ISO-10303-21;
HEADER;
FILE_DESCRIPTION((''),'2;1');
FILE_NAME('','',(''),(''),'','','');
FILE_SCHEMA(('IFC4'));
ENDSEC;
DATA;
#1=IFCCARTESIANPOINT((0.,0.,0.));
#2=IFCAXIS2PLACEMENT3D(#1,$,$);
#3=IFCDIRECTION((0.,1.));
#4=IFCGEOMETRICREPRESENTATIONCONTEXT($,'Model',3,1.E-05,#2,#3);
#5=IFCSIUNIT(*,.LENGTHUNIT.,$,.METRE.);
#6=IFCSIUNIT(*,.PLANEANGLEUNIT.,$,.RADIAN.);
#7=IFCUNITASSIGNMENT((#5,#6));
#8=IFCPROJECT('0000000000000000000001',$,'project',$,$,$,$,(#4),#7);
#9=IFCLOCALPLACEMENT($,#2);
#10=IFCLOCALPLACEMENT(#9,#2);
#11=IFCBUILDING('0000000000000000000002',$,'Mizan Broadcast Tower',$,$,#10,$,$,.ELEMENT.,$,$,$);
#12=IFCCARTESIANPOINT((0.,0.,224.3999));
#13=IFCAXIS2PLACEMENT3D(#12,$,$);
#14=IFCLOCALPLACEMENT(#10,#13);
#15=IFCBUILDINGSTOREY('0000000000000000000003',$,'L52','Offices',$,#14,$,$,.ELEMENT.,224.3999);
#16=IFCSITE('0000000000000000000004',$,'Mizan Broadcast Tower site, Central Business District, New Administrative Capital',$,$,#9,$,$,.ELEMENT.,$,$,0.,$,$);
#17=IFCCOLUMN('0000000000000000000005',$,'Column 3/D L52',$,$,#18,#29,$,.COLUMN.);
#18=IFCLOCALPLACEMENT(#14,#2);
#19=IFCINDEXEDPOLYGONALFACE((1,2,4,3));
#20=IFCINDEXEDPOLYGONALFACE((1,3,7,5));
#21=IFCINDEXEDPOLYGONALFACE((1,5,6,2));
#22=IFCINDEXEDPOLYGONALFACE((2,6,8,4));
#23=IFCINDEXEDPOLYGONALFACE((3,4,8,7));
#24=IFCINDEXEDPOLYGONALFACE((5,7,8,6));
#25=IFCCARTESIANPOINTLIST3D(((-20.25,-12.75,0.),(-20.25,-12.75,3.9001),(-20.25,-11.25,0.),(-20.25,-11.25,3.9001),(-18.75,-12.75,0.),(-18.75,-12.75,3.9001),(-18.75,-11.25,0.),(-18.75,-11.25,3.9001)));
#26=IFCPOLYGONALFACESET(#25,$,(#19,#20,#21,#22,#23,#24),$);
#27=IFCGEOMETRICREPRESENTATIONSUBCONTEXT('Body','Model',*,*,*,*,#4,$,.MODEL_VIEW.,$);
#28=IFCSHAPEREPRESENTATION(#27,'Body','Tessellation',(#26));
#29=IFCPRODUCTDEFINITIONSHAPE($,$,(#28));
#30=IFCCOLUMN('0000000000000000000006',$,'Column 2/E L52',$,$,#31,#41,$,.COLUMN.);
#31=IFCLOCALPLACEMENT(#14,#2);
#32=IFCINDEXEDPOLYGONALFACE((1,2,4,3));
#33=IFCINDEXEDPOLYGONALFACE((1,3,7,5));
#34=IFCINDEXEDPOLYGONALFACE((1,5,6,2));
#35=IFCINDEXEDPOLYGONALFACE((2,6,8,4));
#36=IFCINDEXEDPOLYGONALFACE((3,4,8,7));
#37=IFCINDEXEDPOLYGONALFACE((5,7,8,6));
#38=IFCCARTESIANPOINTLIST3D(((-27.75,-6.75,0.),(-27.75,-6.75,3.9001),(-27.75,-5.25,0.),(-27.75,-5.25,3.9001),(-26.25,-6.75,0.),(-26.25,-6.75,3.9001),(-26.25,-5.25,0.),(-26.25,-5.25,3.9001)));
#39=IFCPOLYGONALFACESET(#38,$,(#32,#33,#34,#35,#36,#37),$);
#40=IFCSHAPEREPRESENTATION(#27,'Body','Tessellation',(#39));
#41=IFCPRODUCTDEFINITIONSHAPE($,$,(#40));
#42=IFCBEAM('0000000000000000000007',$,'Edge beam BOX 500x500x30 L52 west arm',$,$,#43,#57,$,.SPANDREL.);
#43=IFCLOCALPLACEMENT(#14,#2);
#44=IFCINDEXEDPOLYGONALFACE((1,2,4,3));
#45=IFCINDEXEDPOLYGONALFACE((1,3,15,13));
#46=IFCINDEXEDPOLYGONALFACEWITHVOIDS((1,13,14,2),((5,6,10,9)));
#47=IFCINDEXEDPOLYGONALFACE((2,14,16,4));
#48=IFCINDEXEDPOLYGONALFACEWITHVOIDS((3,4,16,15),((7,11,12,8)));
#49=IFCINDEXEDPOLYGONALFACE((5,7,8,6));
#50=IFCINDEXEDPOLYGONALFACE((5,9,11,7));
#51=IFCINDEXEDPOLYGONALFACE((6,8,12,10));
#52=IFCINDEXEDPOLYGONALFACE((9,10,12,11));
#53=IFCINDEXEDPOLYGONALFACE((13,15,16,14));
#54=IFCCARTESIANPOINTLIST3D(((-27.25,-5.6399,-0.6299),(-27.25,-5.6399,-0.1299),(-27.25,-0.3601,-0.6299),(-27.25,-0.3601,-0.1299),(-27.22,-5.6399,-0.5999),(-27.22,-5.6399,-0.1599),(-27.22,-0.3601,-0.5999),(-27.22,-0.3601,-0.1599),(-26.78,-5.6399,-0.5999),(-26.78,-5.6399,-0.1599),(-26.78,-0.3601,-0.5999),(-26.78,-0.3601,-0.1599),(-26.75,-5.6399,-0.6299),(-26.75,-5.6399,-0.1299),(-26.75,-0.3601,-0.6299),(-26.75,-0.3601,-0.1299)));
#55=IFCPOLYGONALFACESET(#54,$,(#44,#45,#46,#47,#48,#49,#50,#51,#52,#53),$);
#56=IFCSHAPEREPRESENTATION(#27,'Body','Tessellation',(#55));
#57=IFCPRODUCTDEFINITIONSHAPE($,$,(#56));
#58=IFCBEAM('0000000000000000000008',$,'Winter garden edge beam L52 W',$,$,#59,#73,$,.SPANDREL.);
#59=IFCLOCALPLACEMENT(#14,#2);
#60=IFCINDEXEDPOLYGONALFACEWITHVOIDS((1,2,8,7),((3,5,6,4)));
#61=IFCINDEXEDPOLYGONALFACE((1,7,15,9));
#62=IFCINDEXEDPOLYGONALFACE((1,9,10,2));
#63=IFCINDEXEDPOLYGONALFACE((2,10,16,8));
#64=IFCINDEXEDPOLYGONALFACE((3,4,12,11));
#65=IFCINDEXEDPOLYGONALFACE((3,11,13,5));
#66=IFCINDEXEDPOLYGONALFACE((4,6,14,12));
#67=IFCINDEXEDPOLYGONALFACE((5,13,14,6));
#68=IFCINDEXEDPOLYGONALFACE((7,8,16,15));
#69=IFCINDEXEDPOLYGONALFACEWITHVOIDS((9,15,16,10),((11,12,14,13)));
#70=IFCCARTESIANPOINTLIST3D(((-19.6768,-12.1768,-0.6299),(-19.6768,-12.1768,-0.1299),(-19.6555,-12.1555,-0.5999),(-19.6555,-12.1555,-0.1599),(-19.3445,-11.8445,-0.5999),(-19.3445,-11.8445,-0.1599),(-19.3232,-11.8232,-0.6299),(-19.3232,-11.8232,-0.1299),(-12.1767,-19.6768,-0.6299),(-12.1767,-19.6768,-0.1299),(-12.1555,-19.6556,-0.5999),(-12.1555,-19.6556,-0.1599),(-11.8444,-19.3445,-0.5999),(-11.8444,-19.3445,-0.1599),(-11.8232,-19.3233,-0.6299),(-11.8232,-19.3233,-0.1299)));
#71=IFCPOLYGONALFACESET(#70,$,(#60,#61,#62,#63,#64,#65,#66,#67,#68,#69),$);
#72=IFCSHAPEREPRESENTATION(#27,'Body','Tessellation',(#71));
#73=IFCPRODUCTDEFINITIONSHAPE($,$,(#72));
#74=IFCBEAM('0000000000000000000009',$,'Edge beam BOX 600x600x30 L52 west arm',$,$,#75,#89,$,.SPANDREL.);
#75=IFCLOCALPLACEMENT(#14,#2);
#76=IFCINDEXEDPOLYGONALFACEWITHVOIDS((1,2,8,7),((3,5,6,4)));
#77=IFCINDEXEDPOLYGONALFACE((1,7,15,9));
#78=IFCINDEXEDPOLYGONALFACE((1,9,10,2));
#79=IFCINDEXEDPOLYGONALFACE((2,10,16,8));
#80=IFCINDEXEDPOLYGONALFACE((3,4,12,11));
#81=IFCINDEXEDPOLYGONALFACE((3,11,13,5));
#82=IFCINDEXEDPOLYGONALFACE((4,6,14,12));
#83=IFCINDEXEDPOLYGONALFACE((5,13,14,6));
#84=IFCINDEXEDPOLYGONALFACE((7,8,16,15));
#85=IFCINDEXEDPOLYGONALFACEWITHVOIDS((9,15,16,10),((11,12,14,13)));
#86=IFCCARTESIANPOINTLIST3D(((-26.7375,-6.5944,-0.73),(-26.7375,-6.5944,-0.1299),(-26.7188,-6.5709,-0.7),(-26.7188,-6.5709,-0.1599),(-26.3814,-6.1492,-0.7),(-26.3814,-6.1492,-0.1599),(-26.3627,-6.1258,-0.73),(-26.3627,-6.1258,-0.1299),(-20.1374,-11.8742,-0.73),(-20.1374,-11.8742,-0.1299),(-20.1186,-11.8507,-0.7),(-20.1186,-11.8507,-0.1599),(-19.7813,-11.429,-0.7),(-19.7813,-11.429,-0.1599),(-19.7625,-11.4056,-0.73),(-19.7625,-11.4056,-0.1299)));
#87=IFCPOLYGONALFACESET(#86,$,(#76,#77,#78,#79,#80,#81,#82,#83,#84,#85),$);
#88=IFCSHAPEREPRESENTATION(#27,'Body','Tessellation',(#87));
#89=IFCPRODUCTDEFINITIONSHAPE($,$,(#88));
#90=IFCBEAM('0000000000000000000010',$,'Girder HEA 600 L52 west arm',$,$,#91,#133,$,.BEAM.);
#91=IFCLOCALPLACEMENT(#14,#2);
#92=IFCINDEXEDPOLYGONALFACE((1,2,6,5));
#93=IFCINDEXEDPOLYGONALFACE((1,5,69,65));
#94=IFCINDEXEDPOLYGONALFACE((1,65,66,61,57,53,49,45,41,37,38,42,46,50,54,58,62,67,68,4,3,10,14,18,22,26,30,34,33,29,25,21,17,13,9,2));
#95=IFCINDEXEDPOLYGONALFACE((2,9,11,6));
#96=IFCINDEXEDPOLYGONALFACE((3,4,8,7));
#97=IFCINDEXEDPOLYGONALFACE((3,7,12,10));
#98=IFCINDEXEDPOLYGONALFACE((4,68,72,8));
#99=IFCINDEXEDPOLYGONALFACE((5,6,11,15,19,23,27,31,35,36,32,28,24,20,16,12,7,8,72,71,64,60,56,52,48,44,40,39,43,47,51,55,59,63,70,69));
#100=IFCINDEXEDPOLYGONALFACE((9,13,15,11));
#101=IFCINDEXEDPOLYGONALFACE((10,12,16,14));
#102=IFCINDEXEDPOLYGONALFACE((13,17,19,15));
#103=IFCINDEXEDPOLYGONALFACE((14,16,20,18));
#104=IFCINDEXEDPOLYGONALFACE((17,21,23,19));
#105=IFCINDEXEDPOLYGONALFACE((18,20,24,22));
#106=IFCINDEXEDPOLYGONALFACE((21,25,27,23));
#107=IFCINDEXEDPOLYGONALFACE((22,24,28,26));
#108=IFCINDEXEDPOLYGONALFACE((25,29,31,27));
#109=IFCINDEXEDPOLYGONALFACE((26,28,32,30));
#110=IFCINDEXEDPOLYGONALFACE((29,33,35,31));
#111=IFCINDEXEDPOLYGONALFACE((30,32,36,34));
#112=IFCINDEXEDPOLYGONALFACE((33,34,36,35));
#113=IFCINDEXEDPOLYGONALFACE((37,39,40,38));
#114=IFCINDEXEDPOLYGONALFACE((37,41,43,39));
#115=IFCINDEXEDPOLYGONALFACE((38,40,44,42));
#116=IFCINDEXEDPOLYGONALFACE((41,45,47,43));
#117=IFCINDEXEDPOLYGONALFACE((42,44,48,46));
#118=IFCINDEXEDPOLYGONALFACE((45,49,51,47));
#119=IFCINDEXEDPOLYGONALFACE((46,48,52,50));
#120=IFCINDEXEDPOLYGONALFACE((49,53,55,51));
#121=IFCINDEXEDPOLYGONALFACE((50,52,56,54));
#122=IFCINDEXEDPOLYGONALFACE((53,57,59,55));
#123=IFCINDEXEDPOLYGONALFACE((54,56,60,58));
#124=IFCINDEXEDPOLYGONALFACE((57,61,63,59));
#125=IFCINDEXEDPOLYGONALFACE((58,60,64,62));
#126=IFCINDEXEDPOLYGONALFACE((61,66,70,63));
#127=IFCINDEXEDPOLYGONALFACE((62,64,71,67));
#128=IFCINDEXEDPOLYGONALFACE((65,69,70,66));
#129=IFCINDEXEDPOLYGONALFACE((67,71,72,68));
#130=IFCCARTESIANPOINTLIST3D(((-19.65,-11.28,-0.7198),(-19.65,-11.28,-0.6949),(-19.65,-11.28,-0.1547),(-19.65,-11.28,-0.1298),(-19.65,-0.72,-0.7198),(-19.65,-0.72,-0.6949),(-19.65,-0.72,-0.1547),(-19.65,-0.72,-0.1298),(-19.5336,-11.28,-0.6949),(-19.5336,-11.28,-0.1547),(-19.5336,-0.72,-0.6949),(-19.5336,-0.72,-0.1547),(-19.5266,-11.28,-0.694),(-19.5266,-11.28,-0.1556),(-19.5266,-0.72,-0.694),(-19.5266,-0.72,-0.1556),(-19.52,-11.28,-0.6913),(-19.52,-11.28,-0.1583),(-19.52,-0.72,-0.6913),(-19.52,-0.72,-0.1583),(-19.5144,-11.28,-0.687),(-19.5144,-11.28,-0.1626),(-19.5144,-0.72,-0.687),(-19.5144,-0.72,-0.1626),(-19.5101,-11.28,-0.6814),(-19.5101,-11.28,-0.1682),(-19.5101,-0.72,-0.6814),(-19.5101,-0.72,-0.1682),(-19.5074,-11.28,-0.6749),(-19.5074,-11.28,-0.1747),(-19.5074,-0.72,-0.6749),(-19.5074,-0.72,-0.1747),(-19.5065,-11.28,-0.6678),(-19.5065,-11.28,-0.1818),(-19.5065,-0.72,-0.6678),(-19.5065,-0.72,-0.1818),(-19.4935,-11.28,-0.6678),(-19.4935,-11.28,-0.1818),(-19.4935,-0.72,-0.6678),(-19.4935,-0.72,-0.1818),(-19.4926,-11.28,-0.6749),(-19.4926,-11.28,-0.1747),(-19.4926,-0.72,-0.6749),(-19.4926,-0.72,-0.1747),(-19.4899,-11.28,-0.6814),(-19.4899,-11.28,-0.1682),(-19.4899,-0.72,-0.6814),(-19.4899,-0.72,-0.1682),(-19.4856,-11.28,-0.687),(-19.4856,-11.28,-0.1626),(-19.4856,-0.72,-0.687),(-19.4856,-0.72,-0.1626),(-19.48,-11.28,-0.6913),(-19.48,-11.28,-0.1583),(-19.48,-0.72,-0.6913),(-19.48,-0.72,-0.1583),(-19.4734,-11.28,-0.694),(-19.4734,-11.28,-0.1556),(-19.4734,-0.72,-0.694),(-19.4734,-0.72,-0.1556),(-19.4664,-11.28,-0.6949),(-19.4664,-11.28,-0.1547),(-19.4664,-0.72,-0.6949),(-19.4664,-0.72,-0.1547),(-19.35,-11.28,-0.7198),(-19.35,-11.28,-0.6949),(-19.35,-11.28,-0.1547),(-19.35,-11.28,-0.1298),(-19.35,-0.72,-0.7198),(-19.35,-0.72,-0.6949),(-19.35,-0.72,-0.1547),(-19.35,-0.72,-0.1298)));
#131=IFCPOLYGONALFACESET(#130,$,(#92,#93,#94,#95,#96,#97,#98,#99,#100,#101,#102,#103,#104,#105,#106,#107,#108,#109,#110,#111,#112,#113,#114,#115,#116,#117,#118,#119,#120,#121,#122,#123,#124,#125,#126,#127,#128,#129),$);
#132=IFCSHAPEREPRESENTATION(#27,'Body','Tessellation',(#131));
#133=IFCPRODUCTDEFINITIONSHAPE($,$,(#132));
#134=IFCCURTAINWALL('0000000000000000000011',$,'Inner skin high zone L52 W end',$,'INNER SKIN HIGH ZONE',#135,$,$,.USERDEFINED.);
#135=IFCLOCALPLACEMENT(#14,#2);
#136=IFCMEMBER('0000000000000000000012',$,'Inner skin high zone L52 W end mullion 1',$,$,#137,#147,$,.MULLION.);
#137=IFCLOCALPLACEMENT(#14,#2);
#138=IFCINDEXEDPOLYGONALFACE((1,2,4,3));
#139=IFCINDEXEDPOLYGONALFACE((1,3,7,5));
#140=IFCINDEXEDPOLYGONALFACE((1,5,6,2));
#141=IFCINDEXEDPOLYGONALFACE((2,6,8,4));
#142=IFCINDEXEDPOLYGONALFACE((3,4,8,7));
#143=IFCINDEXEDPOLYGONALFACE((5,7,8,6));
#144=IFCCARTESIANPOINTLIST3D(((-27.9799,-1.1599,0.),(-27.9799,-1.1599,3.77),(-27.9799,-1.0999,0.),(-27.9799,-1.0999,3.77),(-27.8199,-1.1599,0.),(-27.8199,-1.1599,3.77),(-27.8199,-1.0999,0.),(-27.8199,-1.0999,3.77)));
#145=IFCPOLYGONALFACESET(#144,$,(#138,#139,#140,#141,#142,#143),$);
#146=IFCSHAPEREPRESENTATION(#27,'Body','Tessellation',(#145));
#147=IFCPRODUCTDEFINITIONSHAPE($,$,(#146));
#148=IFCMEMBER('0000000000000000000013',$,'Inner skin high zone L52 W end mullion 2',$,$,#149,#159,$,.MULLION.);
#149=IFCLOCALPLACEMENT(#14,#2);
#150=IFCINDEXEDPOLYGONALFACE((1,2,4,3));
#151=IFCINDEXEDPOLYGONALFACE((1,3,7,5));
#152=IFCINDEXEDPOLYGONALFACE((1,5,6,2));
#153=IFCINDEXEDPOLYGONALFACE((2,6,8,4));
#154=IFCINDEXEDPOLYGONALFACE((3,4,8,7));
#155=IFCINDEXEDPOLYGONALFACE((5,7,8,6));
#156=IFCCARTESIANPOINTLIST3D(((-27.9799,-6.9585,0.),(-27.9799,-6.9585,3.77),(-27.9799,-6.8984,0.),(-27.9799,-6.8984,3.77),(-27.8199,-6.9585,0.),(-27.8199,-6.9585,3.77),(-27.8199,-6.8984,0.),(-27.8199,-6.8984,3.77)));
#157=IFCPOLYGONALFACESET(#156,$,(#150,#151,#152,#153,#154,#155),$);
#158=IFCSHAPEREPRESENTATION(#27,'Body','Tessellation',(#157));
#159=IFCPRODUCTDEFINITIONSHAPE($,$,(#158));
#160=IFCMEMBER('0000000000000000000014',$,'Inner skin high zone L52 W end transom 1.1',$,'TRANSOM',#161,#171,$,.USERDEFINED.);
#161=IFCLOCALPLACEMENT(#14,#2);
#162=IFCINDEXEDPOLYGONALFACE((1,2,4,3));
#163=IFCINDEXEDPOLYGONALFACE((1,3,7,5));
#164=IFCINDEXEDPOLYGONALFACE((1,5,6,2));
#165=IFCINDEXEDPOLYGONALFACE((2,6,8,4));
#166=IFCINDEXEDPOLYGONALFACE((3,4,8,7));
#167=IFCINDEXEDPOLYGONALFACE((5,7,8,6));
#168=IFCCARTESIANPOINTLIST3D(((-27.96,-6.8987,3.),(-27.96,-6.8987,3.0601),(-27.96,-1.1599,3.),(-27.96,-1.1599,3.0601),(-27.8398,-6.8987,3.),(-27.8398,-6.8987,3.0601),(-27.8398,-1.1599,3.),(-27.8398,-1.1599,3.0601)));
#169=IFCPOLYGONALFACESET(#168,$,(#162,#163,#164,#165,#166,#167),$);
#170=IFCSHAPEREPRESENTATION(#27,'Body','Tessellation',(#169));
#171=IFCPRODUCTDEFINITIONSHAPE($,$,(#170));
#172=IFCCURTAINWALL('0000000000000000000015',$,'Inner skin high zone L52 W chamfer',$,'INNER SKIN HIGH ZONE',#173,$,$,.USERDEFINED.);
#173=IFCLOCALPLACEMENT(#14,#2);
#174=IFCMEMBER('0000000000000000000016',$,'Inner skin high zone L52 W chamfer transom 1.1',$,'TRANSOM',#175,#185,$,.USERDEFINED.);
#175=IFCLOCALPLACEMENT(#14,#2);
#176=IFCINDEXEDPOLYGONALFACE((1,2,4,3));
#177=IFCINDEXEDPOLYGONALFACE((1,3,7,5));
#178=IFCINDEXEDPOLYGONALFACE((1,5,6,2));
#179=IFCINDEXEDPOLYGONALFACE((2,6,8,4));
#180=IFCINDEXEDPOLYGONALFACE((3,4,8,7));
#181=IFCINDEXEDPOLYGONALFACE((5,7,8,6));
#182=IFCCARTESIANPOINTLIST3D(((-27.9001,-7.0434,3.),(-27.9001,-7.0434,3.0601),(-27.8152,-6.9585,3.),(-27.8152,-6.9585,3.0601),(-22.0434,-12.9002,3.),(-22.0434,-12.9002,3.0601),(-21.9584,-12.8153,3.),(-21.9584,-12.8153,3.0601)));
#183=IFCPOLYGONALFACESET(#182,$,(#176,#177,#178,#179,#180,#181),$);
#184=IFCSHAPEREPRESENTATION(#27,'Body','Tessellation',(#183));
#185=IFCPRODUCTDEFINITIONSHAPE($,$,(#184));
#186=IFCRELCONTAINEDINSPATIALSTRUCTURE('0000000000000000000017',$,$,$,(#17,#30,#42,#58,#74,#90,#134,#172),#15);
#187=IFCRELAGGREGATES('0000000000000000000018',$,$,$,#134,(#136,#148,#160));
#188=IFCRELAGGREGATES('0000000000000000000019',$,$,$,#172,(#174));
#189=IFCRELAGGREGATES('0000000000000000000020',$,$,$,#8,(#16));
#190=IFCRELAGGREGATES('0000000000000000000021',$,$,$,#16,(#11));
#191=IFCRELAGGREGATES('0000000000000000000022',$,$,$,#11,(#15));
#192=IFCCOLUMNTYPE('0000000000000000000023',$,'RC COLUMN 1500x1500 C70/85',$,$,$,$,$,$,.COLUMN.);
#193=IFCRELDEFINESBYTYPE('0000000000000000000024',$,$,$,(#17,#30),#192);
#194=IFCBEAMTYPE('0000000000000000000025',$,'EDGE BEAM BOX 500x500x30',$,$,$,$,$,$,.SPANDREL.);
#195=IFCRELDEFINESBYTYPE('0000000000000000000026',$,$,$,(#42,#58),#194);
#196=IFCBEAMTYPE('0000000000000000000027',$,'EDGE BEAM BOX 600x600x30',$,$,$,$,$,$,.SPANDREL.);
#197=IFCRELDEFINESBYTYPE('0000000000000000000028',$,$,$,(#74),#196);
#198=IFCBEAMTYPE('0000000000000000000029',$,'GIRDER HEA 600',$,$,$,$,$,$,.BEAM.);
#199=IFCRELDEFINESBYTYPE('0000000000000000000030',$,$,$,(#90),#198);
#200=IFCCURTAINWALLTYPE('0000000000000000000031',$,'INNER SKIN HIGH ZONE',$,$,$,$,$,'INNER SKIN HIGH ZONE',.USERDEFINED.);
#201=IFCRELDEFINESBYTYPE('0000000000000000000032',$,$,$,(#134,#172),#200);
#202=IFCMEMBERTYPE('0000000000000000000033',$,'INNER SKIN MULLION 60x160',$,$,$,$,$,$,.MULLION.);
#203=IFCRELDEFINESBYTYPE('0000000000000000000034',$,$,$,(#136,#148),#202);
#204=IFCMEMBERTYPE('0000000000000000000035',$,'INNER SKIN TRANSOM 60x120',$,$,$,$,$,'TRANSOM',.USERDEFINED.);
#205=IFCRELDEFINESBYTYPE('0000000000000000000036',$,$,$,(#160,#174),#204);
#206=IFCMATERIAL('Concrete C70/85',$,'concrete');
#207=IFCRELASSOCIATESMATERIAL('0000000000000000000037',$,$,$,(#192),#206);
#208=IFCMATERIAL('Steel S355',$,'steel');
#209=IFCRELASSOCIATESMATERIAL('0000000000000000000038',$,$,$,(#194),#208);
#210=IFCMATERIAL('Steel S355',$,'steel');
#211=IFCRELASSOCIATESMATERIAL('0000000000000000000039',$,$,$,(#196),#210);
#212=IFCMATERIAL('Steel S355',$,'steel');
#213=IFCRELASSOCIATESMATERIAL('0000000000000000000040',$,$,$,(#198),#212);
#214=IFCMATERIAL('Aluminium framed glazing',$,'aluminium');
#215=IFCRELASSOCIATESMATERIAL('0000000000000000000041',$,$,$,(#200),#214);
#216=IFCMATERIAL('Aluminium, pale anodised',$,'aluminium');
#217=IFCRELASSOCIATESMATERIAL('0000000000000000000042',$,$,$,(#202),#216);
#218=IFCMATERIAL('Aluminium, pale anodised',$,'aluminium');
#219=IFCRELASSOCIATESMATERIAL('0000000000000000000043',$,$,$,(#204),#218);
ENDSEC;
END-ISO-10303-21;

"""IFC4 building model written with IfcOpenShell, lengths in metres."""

from ifc_helpers import new_model, si_unit, direction, frame, origin, origin_2d, place, context, subcontext, project, spatial, rectangle, hollow_rectangle, i_section, extrude, material, material_profile, profile_set, type_object, element, aggregate, save


model = new_model("IFC4")

# Units and contexts
model_context = context("Model", 3, precision=1e-05, world=origin(), true_north=direction((0.0, 1.0)))
body_context = subcontext(model_context, "Body", "Model", "MODEL_VIEW")
ifc_project = project(units=[si_unit("LENGTHUNIT", "METRE"), si_unit("PLANEANGLEUNIT", "RADIAN")], contexts=[model_context])

# Site, building, storey
site_placement = place(None, origin())
site = spatial("IfcSite", under=ifc_project, at=site_placement, Name="Mizan Broadcast Tower site, Central Business District, New Administrative Capital", CompositionType="ELEMENT", RefElevation=0.0)
building_placement = place(site_placement, origin())
building = spatial("IfcBuilding", under=site, at=building_placement, Name="Mizan Broadcast Tower", CompositionType="ELEMENT")
storey_placement = place(building_placement, frame((0.0, 0.0, 224.3999)))
storey = spatial("IfcBuildingStorey", under=building, at=storey_placement, Name="L52", Description="Offices", CompositionType="ELEMENT", Elevation=224.3999)

# Columns
ifc_material_1 = material(Name="Concrete C70/85", Category="concrete")
ifc_material_profile_1 = material_profile(ifc_material_1, rectangle(XDim=1.5, YDim=1.5, at=origin_2d()), Name="RC 1500x1500")
ifc_profile_set_1 = profile_set([ifc_material_profile_1], Name="Concrete C70/85")
column_type = type_object("IfcColumnType", Name="RC COLUMN 1500x1500 C70/85", PredefinedType="COLUMN", material=ifc_profile_set_1)
for number, where, z_axis, x_axis, name in (
    (1, (-19.5, -12.0, 0.0), (0.0, 0.0, 1.0), (1.0, 0.0, 0.0), "Column 3/D L52"),
    (2, (-27.0, -6.0, 0.0), (0.0, 0.0, 1.0), (1.0, 0.0, 0.0), "Column 2/E L52"),
):
    element("IfcColumn", number, at=place(storey_placement, frame(where, z_axis=z_axis, x_axis=x_axis)), inside=storey, type_object=column_type, Name=name, PredefinedType="COLUMN", context=body_context, shape_type="SweptSolid", body=[
        extrude(rectangle(XDim=1.5, YDim=1.5, at=origin_2d()), origin(), (0.0, 0.0, 1.0), 3.9001),
    ])

# Beams
ifc_material_2 = material(Name="Steel S355", Category="steel")
ifc_material_profile_2 = material_profile(ifc_material_2, hollow_rectangle(XDim=0.5, YDim=0.5, WallThickness=0.03, at=origin_2d()), Name="BOX 500x500x30")
ifc_profile_set_2 = profile_set([ifc_material_profile_2], Name="Steel S355")
beam_type_1 = type_object("IfcBeamType", Name="EDGE BEAM BOX 500x500x30", PredefinedType="SPANDREL", material=ifc_profile_set_2)
beam_1_placement = place(storey_placement, frame((-27.0, -5.6399, -0.3799), z_axis=(0.0, 1.0, 0.0), x_axis=(-1.0, 0.0, 0.0)))
element("IfcBeam", 3, at=beam_1_placement, inside=storey, type_object=beam_type_1, Name="Edge beam BOX 500x500x30 L52 west arm", PredefinedType="SPANDREL", context=body_context, shape_type="SweptSolid", body=[
    extrude(hollow_rectangle(XDim=0.5, YDim=0.5, WallThickness=0.03, at=origin_2d()), origin(), (0.0, 0.0, 1.0), 5.2798),
])
beam_2_placement = place(storey_placement, frame((-19.5, -12.0, -0.3799), z_axis=(0.707107, -0.707107, 0.0), x_axis=(0.707107, 0.707107, 0.0)))
element("IfcBeam", 4, at=beam_2_placement, inside=storey, type_object=beam_type_1, Name="Winter garden edge beam L52 W", PredefinedType="SPANDREL", context=body_context, shape_type="SweptSolid", body=[
    extrude(hollow_rectangle(XDim=0.5, YDim=0.5, WallThickness=0.03, at=origin_2d()), origin(), (0.0, 0.0, 1.0), 10.6067),
])
ifc_material_3 = material(Name="Steel S355", Category="steel")
ifc_material_profile_3 = material_profile(ifc_material_3, hollow_rectangle(XDim=0.6001, YDim=0.6001, WallThickness=0.03, at=origin_2d()), Name="BOX 600x600x30")
ifc_profile_set_3 = profile_set([ifc_material_profile_3], Name="Steel S355")
beam_type_2 = type_object("IfcBeamType", Name="EDGE BEAM BOX 600x600x30", PredefinedType="SPANDREL", material=ifc_profile_set_3)
beam_3_placement = place(storey_placement, frame((-19.95, -11.6399, -0.4299), z_axis=(-0.780886, 0.624674, 0.0), x_axis=(-0.624674, -0.780886, 0.0)))
element("IfcBeam", 5, at=beam_3_placement, inside=storey, type_object=beam_type_2, Name="Edge beam BOX 600x600x30 L52 west arm", PredefinedType="SPANDREL", context=body_context, shape_type="SweptSolid", body=[
    extrude(hollow_rectangle(XDim=0.6001, YDim=0.6001, WallThickness=0.03, at=origin_2d()), origin(), (0.0, 0.0, 1.0), 8.4521),
])
ifc_material_4 = material(Name="Steel S355", Category="steel")
ifc_material_profile_4 = material_profile(ifc_material_4, i_section(OverallWidth=0.3, OverallDepth=0.5901, WebThickness=0.0129, FlangeThickness=0.0249, FilletRadius=0.0271, at=origin_2d()), Name="HEA 600")
ifc_profile_set_4 = profile_set([ifc_material_profile_4], Name="Steel S355")
beam_type_3 = type_object("IfcBeamType", Name="GIRDER HEA 600", PredefinedType="BEAM", material=ifc_profile_set_4)
beam_4_placement = place(storey_placement, frame((-19.5, -11.28, -0.4248), z_axis=(0.0, 1.0, 0.0), x_axis=(-1.0, 0.0, 0.0)))
element("IfcBeam", 6, at=beam_4_placement, inside=storey, type_object=beam_type_3, Name="Girder HEA 600 L52 west arm", PredefinedType="BEAM", context=body_context, shape_type="SweptSolid", body=[
    extrude(i_section(OverallWidth=0.3, OverallDepth=0.5901, WebThickness=0.0129, FlangeThickness=0.0249, FilletRadius=0.0271, at=origin_2d()), origin(), (0.0, 0.0, 1.0), 10.5601),
])

# Curtain wall, members
ifc_material_5 = material(Name="Aluminium framed glazing", Category="aluminium")
curtain_wall_type_1 = type_object("IfcCurtainWallType", Name="INNER SKIN HIGH ZONE", ElementType="INNER SKIN HIGH ZONE", PredefinedType="USERDEFINED", material=ifc_material_5)
curtain_wall_1_placement = place(storey_placement, origin())
curtain_wall_1 = element("IfcCurtainWall", 7, at=curtain_wall_1_placement, inside=storey, type_object=curtain_wall_type_1, Name="Inner skin high zone L52 W end", ObjectType="INNER SKIN HIGH ZONE", PredefinedType="USERDEFINED")
ifc_material_6 = material(Name="Aluminium, pale anodised", Category="aluminium")
ifc_material_profile_5 = material_profile(ifc_material_6, rectangle(XDim=0.1599, YDim=0.0601, at=origin_2d()), Name="MULLION 160x60")
ifc_profile_set_5 = profile_set([ifc_material_profile_5], Name="Aluminium, pale anodised")
member_type_1 = type_object("IfcMemberType", Name="INNER SKIN MULLION 60x160", PredefinedType="MULLION", material=ifc_profile_set_5)
member_1_placement = place(storey_placement, frame((-27.8999, -1.1299, 0.0), z_axis=(0.0, 0.0, 1.0), x_axis=(1.0, 0.0, 0.0)))
member_1 = element("IfcMember", 8, at=member_1_placement, type_object=member_type_1, Name="Inner skin high zone L52 W end mullion 1", PredefinedType="MULLION", context=body_context, shape_type="SweptSolid", body=[
    extrude(rectangle(XDim=0.1599, YDim=0.0601, at=origin_2d()), origin(), (0.0, 0.0, 1.0), 3.77),
])
member_2_placement = place(storey_placement, frame((-27.8999, -6.9285, 0.0), z_axis=(0.0, 0.0, 1.0), x_axis=(1.0, 0.0, 0.0)))
member_2 = element("IfcMember", 9, at=member_2_placement, type_object=member_type_1, Name="Inner skin high zone L52 W end mullion 2", PredefinedType="MULLION", context=body_context, shape_type="SweptSolid", body=[
    extrude(rectangle(XDim=0.1599, YDim=0.0601, at=origin_2d()), origin(), (0.0, 0.0, 1.0), 3.77),
])
ifc_material_7 = material(Name="Aluminium, pale anodised", Category="aluminium")
ifc_material_profile_6 = material_profile(ifc_material_7, rectangle(XDim=0.1201, YDim=0.0601, at=origin_2d()), Name="TRANSOM 120x60")
ifc_profile_set_6 = profile_set([ifc_material_profile_6], Name="Aluminium, pale anodised")
member_type_2 = type_object("IfcMemberType", Name="INNER SKIN TRANSOM 60x120", ElementType="TRANSOM", PredefinedType="USERDEFINED", material=ifc_profile_set_6)
member_3_placement = place(storey_placement, frame((-27.8999, -1.1599, 3.03), z_axis=(0.0, -1.0, 0.0), x_axis=(1.0, 0.0, 0.0)))
member_3 = element("IfcMember", 10, at=member_3_placement, type_object=member_type_2, Name="Inner skin high zone L52 W end transom 1.1", ObjectType="TRANSOM", PredefinedType="USERDEFINED", context=body_context, shape_type="SweptSolid", body=[
    extrude(rectangle(XDim=0.1201, YDim=0.0601, at=origin_2d()), origin(), (0.0, 0.0, 1.0), 5.7388),
])

# Curtain wall, member
curtain_wall_2_placement = place(storey_placement, origin())
curtain_wall_2 = element("IfcCurtainWall", 11, at=curtain_wall_2_placement, inside=storey, type_object=curtain_wall_type_1, Name="Inner skin high zone L52 W chamfer", ObjectType="INNER SKIN HIGH ZONE", PredefinedType="USERDEFINED")
member_4_placement = place(storey_placement, frame((-27.8577, -7.001, 3.03), z_axis=(0.707107, -0.707107, 0.0), x_axis=(0.707107, 0.707107, 0.0)))
member_4 = element("IfcMember", 12, at=member_4_placement, type_object=member_type_2, Name="Inner skin high zone L52 W chamfer transom 1.1", ObjectType="TRANSOM", PredefinedType="USERDEFINED", context=body_context, shape_type="SweptSolid", body=[
    extrude(rectangle(XDim=0.1201, YDim=0.0601, at=origin_2d()), origin(), (0.0, 0.0, 1.0), 8.2827),
])

aggregate(curtain_wall_1, [member_1, member_2, member_3])
aggregate(curtain_wall_2, [member_4])

save(model, "model.ifc")
